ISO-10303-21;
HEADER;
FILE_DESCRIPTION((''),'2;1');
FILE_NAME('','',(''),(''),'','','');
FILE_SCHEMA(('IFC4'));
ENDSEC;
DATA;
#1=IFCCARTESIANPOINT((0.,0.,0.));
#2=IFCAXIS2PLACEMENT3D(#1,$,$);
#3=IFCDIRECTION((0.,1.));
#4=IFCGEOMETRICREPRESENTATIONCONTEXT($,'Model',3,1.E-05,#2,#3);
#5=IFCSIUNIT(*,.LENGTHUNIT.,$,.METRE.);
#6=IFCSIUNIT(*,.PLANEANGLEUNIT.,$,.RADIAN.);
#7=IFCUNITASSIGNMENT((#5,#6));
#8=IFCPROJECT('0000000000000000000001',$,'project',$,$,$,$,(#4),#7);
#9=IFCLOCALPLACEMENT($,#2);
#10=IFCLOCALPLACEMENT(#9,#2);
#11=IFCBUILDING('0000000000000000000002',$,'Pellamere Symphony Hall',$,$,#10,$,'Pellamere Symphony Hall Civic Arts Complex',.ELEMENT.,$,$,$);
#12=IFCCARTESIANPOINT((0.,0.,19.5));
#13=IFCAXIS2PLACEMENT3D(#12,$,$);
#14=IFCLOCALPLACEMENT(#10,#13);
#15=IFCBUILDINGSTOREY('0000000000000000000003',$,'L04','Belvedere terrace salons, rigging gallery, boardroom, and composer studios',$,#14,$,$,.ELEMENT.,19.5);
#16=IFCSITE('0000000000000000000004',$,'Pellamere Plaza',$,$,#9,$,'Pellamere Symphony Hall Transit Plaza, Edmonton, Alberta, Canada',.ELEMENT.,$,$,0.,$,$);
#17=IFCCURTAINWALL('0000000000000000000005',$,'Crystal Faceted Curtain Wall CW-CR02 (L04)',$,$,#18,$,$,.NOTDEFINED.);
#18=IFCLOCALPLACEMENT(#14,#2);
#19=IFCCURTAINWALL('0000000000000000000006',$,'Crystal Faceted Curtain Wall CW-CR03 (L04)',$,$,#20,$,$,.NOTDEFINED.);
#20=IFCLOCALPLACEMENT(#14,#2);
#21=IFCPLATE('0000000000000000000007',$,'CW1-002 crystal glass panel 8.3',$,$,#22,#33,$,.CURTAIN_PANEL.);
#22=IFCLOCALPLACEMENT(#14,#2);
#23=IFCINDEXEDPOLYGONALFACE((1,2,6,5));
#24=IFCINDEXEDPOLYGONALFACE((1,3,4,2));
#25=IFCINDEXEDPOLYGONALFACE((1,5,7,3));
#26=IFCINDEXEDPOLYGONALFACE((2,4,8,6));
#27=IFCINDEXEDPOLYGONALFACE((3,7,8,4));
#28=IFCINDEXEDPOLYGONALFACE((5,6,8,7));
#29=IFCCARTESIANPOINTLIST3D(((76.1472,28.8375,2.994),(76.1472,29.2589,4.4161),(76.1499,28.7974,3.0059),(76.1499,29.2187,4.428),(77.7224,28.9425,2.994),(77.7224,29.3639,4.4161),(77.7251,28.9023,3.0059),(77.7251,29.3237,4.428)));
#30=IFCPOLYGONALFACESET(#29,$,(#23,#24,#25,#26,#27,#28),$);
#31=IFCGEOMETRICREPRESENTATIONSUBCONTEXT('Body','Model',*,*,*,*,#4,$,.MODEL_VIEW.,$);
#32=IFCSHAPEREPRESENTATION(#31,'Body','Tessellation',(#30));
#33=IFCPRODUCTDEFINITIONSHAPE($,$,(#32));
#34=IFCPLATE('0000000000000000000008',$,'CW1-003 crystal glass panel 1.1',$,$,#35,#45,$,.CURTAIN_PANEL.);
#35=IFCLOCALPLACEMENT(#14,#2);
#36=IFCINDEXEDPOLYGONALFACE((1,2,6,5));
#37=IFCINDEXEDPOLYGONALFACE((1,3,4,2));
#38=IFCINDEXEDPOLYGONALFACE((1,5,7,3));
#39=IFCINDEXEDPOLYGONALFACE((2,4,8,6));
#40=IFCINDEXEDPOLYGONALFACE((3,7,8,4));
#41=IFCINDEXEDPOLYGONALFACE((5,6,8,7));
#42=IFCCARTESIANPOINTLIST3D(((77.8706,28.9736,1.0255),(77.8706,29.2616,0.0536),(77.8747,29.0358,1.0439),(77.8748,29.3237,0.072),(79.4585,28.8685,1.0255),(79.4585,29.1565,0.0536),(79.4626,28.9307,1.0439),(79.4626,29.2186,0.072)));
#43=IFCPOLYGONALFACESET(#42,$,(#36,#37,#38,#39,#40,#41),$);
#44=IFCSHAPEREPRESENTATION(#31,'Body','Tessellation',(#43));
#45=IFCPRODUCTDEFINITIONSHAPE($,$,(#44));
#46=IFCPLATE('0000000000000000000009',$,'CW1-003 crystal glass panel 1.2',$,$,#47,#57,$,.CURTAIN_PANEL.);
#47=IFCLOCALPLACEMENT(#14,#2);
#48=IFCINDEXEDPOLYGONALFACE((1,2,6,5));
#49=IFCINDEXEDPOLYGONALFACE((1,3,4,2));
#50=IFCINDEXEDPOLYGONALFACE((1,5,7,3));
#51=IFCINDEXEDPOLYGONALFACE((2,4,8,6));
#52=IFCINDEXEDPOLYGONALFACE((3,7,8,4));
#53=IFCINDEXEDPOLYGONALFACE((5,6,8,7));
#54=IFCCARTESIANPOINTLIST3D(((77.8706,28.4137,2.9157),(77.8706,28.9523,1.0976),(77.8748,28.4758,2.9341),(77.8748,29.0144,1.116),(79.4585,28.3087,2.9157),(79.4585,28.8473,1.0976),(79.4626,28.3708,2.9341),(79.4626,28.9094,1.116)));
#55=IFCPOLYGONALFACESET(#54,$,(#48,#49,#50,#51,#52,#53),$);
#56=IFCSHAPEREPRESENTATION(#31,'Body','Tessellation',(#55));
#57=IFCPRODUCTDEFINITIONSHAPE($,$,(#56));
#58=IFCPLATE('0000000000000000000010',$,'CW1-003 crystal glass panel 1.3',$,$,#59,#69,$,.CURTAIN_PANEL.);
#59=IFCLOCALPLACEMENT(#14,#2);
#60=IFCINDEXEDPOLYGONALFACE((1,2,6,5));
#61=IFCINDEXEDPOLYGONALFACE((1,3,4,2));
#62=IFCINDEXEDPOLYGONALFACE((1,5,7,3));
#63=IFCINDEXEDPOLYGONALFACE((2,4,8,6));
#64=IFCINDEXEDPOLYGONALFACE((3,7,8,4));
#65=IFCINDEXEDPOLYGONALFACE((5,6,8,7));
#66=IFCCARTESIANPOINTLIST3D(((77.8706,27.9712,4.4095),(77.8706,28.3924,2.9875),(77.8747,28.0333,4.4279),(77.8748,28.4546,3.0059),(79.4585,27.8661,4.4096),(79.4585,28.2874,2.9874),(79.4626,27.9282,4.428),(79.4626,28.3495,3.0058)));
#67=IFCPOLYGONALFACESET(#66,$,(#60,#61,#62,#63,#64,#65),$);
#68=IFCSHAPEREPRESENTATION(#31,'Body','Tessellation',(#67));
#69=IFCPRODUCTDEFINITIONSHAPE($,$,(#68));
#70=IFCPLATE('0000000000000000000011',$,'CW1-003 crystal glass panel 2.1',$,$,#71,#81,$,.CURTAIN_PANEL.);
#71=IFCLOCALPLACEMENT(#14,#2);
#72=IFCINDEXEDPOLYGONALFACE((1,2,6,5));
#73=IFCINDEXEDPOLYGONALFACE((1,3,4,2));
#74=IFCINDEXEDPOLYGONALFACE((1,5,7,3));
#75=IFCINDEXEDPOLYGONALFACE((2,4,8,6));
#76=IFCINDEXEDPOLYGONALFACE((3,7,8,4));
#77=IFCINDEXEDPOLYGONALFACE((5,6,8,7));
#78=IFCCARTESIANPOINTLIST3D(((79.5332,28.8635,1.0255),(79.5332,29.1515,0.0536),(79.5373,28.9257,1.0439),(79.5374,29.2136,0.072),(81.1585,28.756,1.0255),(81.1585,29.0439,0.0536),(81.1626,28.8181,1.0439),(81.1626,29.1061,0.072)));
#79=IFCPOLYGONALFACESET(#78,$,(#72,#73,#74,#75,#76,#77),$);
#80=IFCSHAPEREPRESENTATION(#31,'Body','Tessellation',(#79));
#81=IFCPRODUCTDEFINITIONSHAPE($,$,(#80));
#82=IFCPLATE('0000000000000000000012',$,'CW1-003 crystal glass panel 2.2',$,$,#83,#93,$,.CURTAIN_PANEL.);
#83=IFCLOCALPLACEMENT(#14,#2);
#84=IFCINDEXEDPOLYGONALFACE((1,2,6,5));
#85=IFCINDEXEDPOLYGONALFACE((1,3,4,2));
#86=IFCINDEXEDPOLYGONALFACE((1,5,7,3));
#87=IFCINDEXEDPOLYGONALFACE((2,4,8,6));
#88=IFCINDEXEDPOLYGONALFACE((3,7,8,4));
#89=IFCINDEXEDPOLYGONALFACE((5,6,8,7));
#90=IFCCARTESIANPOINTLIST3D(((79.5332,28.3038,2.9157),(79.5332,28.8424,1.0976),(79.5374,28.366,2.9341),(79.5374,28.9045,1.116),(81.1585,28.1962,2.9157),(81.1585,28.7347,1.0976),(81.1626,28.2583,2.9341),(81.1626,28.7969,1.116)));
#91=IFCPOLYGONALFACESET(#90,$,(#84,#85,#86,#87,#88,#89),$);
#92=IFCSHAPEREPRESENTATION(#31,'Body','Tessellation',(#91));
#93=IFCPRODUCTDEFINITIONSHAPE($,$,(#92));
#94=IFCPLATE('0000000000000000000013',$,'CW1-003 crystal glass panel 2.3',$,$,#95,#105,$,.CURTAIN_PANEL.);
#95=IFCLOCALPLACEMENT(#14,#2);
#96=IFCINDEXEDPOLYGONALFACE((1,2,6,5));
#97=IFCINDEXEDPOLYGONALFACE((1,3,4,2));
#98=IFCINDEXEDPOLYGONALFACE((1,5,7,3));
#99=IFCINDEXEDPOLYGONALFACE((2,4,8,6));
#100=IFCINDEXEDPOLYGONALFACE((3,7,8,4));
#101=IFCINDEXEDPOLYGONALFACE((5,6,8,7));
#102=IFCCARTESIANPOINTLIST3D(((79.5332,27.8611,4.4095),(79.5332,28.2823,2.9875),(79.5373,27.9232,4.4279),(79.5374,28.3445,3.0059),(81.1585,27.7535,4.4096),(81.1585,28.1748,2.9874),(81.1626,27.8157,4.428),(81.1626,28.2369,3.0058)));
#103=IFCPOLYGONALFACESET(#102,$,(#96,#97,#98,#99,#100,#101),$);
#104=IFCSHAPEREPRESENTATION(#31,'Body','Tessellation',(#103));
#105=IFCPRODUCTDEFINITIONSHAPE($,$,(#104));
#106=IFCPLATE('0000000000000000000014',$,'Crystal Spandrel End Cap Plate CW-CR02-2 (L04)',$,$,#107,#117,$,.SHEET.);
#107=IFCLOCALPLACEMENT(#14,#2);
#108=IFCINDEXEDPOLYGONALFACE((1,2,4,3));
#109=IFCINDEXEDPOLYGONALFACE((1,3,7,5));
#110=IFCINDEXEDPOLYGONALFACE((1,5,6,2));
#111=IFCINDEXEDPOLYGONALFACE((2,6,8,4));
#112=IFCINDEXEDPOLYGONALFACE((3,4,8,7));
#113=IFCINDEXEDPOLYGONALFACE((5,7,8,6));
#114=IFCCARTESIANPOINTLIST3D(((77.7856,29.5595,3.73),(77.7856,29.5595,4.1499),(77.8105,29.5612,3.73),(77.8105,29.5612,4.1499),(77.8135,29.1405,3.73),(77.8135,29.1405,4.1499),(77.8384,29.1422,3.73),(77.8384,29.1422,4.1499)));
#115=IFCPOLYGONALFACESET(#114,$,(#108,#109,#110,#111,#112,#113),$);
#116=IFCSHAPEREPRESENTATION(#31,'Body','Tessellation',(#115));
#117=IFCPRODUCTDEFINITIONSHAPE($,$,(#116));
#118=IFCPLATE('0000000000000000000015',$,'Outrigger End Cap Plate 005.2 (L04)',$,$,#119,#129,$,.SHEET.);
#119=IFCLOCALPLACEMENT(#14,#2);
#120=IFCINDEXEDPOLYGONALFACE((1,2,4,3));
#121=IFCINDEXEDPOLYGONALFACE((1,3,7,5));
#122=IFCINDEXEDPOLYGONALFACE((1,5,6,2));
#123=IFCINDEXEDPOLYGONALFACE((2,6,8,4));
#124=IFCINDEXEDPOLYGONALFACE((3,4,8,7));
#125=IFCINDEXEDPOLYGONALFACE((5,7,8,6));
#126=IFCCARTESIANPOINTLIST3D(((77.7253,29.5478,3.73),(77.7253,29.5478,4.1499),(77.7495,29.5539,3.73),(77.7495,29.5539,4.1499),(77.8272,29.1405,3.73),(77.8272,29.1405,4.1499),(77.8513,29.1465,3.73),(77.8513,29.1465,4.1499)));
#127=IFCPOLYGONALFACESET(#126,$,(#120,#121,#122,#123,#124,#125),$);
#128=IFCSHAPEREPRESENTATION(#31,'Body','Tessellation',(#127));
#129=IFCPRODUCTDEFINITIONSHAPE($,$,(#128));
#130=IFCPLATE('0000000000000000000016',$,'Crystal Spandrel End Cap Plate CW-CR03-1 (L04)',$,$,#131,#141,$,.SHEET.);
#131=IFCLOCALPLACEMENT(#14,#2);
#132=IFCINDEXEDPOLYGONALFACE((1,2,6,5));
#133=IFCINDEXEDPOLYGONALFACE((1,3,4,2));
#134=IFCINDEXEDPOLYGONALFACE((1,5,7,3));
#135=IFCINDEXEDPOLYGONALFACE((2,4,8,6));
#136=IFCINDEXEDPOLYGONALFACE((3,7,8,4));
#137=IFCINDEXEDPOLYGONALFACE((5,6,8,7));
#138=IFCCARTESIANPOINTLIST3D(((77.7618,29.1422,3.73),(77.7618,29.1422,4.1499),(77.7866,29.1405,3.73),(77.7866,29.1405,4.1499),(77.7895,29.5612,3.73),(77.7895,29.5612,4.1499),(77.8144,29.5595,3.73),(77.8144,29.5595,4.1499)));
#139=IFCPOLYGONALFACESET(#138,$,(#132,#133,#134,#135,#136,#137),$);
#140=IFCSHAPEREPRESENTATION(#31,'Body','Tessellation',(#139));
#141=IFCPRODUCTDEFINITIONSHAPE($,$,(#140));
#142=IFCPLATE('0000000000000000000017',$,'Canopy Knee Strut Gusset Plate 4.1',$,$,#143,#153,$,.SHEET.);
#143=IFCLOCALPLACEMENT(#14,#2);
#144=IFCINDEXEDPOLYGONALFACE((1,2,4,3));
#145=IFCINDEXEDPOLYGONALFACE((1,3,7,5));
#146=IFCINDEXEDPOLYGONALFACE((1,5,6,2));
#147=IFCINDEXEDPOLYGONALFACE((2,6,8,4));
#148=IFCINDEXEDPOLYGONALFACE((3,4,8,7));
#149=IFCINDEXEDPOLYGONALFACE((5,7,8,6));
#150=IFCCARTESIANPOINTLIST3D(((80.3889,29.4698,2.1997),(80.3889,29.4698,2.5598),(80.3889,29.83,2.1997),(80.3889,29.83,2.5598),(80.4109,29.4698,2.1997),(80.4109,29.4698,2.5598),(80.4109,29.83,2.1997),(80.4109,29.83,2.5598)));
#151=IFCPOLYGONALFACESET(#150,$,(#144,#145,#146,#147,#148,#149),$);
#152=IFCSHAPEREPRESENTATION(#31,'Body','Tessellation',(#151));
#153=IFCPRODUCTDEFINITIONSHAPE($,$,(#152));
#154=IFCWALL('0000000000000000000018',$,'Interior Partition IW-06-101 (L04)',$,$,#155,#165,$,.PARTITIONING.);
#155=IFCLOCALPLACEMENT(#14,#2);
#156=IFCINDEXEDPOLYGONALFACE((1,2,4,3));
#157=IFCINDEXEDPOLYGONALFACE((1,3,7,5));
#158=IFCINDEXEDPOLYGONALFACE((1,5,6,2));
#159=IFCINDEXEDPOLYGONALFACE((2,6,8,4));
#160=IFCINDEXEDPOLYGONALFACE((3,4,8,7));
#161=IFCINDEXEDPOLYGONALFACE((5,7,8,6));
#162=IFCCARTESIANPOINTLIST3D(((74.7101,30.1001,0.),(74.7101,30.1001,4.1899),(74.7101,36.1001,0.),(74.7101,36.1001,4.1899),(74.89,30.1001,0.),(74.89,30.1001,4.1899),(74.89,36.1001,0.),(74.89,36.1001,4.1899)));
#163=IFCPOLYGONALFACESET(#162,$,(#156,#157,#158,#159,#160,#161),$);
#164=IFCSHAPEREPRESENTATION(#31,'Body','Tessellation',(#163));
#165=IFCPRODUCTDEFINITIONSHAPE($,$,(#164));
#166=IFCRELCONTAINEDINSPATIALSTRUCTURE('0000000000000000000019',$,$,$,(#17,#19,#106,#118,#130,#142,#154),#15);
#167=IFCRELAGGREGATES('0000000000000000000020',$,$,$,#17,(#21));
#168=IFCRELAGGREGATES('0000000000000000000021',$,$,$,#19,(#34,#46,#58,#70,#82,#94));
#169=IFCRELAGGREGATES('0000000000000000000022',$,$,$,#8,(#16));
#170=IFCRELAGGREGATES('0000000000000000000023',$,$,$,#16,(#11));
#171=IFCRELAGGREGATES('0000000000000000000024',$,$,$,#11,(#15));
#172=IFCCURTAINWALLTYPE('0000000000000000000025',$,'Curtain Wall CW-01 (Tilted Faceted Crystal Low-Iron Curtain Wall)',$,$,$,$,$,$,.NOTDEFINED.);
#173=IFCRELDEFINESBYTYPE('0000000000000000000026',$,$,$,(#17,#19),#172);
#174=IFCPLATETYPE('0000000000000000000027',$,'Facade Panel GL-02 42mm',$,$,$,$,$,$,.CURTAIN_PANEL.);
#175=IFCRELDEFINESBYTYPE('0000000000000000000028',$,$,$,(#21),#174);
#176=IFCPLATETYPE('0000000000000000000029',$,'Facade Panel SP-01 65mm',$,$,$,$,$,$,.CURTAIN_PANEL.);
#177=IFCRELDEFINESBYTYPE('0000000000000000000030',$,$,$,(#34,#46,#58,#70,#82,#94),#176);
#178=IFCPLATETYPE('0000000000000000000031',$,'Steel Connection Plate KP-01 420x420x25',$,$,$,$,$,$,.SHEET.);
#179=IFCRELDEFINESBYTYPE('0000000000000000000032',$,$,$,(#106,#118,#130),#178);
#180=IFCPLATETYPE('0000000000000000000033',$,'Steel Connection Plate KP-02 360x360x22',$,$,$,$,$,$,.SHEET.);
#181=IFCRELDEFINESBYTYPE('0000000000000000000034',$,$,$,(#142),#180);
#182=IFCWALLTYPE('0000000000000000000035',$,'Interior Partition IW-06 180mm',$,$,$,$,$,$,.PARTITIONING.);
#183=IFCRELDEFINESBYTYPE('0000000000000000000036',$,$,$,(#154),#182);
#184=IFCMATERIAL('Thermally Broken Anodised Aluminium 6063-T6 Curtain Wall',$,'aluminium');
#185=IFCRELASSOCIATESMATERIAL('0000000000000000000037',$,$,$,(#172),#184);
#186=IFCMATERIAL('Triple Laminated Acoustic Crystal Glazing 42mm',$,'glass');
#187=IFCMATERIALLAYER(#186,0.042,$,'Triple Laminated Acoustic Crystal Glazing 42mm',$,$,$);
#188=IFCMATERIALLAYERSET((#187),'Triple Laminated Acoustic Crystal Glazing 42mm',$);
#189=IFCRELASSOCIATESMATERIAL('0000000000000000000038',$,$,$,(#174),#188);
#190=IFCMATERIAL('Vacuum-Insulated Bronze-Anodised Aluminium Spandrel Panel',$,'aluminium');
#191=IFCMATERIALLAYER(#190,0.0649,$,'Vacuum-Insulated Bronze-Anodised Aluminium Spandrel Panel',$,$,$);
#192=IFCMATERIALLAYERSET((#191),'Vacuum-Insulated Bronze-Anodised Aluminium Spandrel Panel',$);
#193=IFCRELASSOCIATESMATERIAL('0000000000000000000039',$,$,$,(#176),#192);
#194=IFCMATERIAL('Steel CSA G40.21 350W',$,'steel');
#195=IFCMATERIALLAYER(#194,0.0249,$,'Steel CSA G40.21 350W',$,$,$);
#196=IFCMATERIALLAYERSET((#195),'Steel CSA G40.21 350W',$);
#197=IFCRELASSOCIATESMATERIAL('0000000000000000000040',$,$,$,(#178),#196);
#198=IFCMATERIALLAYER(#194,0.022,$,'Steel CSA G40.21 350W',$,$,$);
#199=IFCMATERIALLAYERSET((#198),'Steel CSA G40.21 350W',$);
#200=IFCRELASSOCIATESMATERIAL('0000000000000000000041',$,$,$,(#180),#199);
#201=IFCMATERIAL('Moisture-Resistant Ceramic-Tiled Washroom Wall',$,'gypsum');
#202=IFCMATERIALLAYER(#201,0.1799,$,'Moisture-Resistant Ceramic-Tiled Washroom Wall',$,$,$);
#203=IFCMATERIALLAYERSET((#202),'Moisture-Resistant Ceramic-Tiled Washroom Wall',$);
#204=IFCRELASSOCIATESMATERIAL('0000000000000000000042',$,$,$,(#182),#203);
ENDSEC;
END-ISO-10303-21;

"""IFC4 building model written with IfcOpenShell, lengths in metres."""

from ifc_helpers import new_model, si_unit, direction, frame, frame_2d, origin, origin_2d, place, context, subcontext, project, spatial, polyline, rectangle, outline, extrude, material, layer, layer_set, type_object, element, aggregate, save


model = new_model("IFC4")

# Units and contexts
model_context = context("Model", 3, precision=1e-05, world=origin(), true_north=direction((0.0, 1.0)))
body_context = subcontext(model_context, "Body", "Model", "MODEL_VIEW")
ifc_project = project(units=[si_unit("LENGTHUNIT", "METRE"), si_unit("PLANEANGLEUNIT", "RADIAN")], contexts=[model_context])

# Site, building, storey
site_placement = place(None, origin())
site = spatial("IfcSite", under=ifc_project, at=site_placement, Name="Pellamere Plaza", LongName="Pellamere Symphony Hall Transit Plaza, Edmonton, Alberta, Canada", CompositionType="ELEMENT", RefElevation=0.0)
building_placement = place(site_placement, origin())
building = spatial("IfcBuilding", under=site, at=building_placement, Name="Pellamere Symphony Hall", LongName="Pellamere Symphony Hall Civic Arts Complex", CompositionType="ELEMENT")
storey_placement = place(building_placement, frame((0.0, 0.0, 19.5)))
storey = spatial("IfcBuildingStorey", under=building, at=storey_placement, Name="L04", Description="Belvedere terrace salons, rigging gallery, boardroom, and composer studios", CompositionType="ELEMENT", Elevation=19.5)

# Curtain wall
ifc_material_1 = material(Name="Thermally Broken Anodised Aluminium 6063-T6 Curtain Wall", Category="aluminium")
curtain_wall_type = type_object("IfcCurtainWallType", Name="Curtain Wall CW-01 (Tilted Faceted Crystal Low-Iron Curtain Wall)", PredefinedType="NOTDEFINED", material=ifc_material_1)
curtain_wall_1_placement = place(storey_placement, origin())
curtain_wall_1 = element("IfcCurtainWall", 1, at=curtain_wall_1_placement, inside=storey, type_object=curtain_wall_type, Name="Crystal Faceted Curtain Wall CW-CR02 (L04)", PredefinedType="NOTDEFINED")

# Curtain wall
curtain_wall_2_placement = place(storey_placement, origin())
curtain_wall_2 = element("IfcCurtainWall", 2, at=curtain_wall_2_placement, inside=storey, type_object=curtain_wall_type, Name="Crystal Faceted Curtain Wall CW-CR03 (L04)", PredefinedType="NOTDEFINED")

# Shared definitions
ifc_material_2 = material(Name="Steel CSA G40.21 350W", Category="steel")

# Plates
ifc_material_3 = material(Name="Triple Laminated Acoustic Crystal Glazing 42mm", Category="glass")
ifc_layer_1 = layer(ifc_material_3, 0.042, Name="Triple Laminated Acoustic Crystal Glazing 42mm")
ifc_layer_set_1 = layer_set([ifc_layer_1], Name="Triple Laminated Acoustic Crystal Glazing 42mm")
plate_type_1 = type_object("IfcPlateType", Name="Facade Panel GL-02 42mm", PredefinedType="CURTAIN_PANEL", material=ifc_layer_set_1)
plate_1_placement = place(storey_placement, frame((76.1499, 28.7974, 3.0059), z_axis=(0.06377, -0.956843, 0.283521), x_axis=(0.997787, 0.066498, 0.0)))
plate_1 = element("IfcPlate", 3, at=plate_1_placement, type_object=plate_type_1, Name="CW1-002 crystal glass panel 8.3", PredefinedType="CURTAIN_PANEL", context=body_context, shape_type="SweptSolid", body=[
    extrude(outline(polyline([(0.0, 0.0), (1.5787, 0.0), (1.6067, 1.483), (0.028, 1.483), (0.0, 0.0)])), origin(), (0.0, 0.0, -1.0), 0.042),
])
aggregate(curtain_wall_1, [plate_1])
ifc_material_4 = material(Name="Vacuum-Insulated Bronze-Anodised Aluminium Spandrel Panel", Category="aluminium")
ifc_layer_2 = layer(ifc_material_4, 0.0649, Name="Vacuum-Insulated Bronze-Anodised Aluminium Spandrel Panel")
ifc_layer_set_2 = layer_set([ifc_layer_2], Name="Vacuum-Insulated Bronze-Anodised Aluminium Spandrel Panel")
plate_type_2 = type_object("IfcPlateType", Name="Facade Panel SP-01 65mm", PredefinedType="CURTAIN_PANEL", material=ifc_layer_set_2)
plate_2_placement = place(storey_placement, frame((77.8748, 29.3237, 0.072), z_axis=(0.063336, 0.956877, 0.283506), x_axis=(0.997817, -0.066039, -0.000021)))
plate_2 = element("IfcPlate", 4, at=plate_2_placement, type_object=plate_type_2, Name="CW1-003 crystal glass panel 1.1", PredefinedType="CURTAIN_PANEL", context=body_context, shape_type="SweptSolid", body=[
    extrude(outline(polyline([(0.0, 0.0), (1.5914, 0.0), (1.6104, -1.0135), (0.019, -1.0135), (0.0, 0.0)])), origin(), (0.0, 0.0, -1.0), 0.0649),
])
plate_3_placement = place(storey_placement, frame((77.8748, 29.0144, 1.116), z_axis=(0.063263, 0.956896, 0.283458), x_axis=(0.997822, -0.065969, 0.0)))
plate_3 = element("IfcPlate", 5, at=plate_3_placement, type_object=plate_type_2, Name="CW1-003 crystal glass panel 1.2", PredefinedType="CURTAIN_PANEL", context=body_context, shape_type="SweptSolid", body=[
    extrude(outline(polyline([(0.0, 0.0), (1.5914, 0.0), (1.6269, -1.8959), (0.0355, -1.8959), (0.0, 0.0)])), origin(), (0.0, 0.0, -1.0), 0.0649),
])
plate_4_placement = place(storey_placement, frame((77.8748, 28.4546, 3.0059), z_axis=(0.063337, 0.956892, 0.283454), x_axis=(0.997817, -0.066039, -0.000021)))
plate_4 = element("IfcPlate", 6, at=plate_4_placement, type_object=plate_type_2, Name="CW1-003 crystal glass panel 1.3", PredefinedType="CURTAIN_PANEL", context=body_context, shape_type="SweptSolid", body=[
    extrude(outline(polyline([(0.0, 0.0), (1.5914, 0.0), (1.6192, -1.483), (0.0278, -1.4829), (0.0, 0.0)])), origin(), (0.0, 0.0, -1.0), 0.0649),
])
plate_5_placement = place(storey_placement, frame((79.5374, 29.2136, 0.072), z_axis=(0.063318, 0.956878, 0.283506), x_axis=(0.997818, -0.066021, -0.00002)))
plate_5 = element("IfcPlate", 7, at=plate_5_placement, type_object=plate_type_2, Name="CW1-003 crystal glass panel 2.1", PredefinedType="CURTAIN_PANEL", context=body_context, shape_type="SweptSolid", body=[
    extrude(outline(polyline([(0.0, 0.0), (1.6288, 0.0), (1.6478, -1.0135), (0.019, -1.0135), (0.0, 0.0)])), origin(), (0.0, 0.0, -1.0), 0.0649),
])
plate_6_placement = place(storey_placement, frame((79.5374, 28.9045, 1.116), z_axis=(0.06339, 0.956888, 0.283456), x_axis=(0.997813, -0.066101, 0.0)))
plate_6 = element("IfcPlate", 8, at=plate_6_placement, type_object=plate_type_2, Name="CW1-003 crystal glass panel 2.2", PredefinedType="CURTAIN_PANEL", context=body_context, shape_type="SweptSolid", body=[
    extrude(outline(polyline([(0.0, 0.0), (1.6288, 0.0), (1.6644, -1.8959), (0.0356, -1.8959), (0.0, 0.0)])), origin(), (0.0, 0.0, -1.0), 0.0649),
])
plate_7_placement = place(storey_placement, frame((79.5374, 28.3445, 3.0059), z_axis=(0.063319, 0.956893, 0.283454), x_axis=(0.997818, -0.066021, -0.00002)))
plate_7 = element("IfcPlate", 9, at=plate_7_placement, type_object=plate_type_2, Name="CW1-003 crystal glass panel 2.3", PredefinedType="CURTAIN_PANEL", context=body_context, shape_type="SweptSolid", body=[
    extrude(outline(polyline([(0.0, 0.0), (1.6288, 0.0), (1.6566, -1.483), (0.0278, -1.4829), (0.0, 0.0)])), origin(), (0.0, 0.0, -1.0), 0.0649),
])
aggregate(curtain_wall_2, [plate_2, plate_3, plate_4, plate_5, plate_6, plate_7])

# Plates
ifc_layer_3 = layer(ifc_material_2, 0.0249, Name="Steel CSA G40.21 350W")
ifc_layer_set_3 = layer_set([ifc_layer_3], Name="Steel CSA G40.21 350W")
plate_type_3 = type_object("IfcPlateType", Name="Steel Connection Plate KP-01 420x420x25", PredefinedType="SHEET", material=ifc_layer_set_3)
for number, where, z_axis, x_axis, name in (
    (10, (77.812, 29.3508, 3.73), (0.0, 0.0, 1.0), (0.99779, 0.066448, 0.0), "Crystal Spandrel End Cap Plate CW-CR02-2 (L04)"),
    (11, (77.7883, 29.3472, 3.73), (0.0, 0.0, 1.0), (-0.970127, -0.242599, 0.0), "Outrigger End Cap Plate 005.2 (L04)"),
    (12, (77.7881, 29.3508, 3.73), (0.0, 0.0, 1.0), (0.997813, -0.0661, 0.0), "Crystal Spandrel End Cap Plate CW-CR03-1 (L04)"),
):
    element("IfcPlate", number, at=place(storey_placement, frame(where, z_axis=z_axis, x_axis=x_axis)), inside=storey, type_object=plate_type_3, Name=name, PredefinedType="SHEET", context=body_context, shape_type="SweptSolid", body=[
        extrude(rectangle(XDim=0.0249, YDim=0.4199, at=origin_2d()), origin(), (0.0, 0.0, 1.0), 0.4199),
    ])
ifc_layer_4 = layer(ifc_material_2, 0.022, Name="Steel CSA G40.21 350W")
ifc_layer_set_4 = layer_set([ifc_layer_4], Name="Steel CSA G40.21 350W")
plate_type_4 = type_object("IfcPlateType", Name="Steel Connection Plate KP-02 360x360x22", PredefinedType="SHEET", material=ifc_layer_set_4)
plate_8_placement = place(storey_placement, frame((80.3999, 29.6499, 2.1997), z_axis=(0.0, 0.0, 1.0), x_axis=(1.0, 0.0, 0.0)))
element("IfcPlate", 13, at=plate_8_placement, inside=storey, type_object=plate_type_4, Name="Canopy Knee Strut Gusset Plate 4.1", PredefinedType="SHEET", context=body_context, shape_type="SweptSolid", body=[
    extrude(rectangle(XDim=0.022, YDim=0.3601, at=origin_2d()), origin(), (0.0, 0.0, 1.0), 0.3601),
])

# Wall
ifc_material_5 = material(Name="Moisture-Resistant Ceramic-Tiled Washroom Wall", Category="gypsum")
ifc_layer_5 = layer(ifc_material_5, 0.1799, Name="Moisture-Resistant Ceramic-Tiled Washroom Wall")
ifc_layer_set_5 = layer_set([ifc_layer_5], Name="Moisture-Resistant Ceramic-Tiled Washroom Wall")
wall_type = type_object("IfcWallType", Name="Interior Partition IW-06 180mm", PredefinedType="PARTITIONING", material=ifc_layer_set_5)
wall_placement = place(storey_placement, frame((74.8, 30.1001, 0.0), z_axis=(0.0, 0.0, 1.0), x_axis=(0.0, 1.0, 0.0)))
element("IfcWall", 14, at=wall_placement, inside=storey, type_object=wall_type, Name="Interior Partition IW-06-101 (L04)", PredefinedType="PARTITIONING", context=body_context, shape_type="SweptSolid", body=[
    extrude(rectangle(XDim=6.0, YDim=0.1799, at=frame_2d((3.0, 0.0))), origin(), (0.0, 0.0, 1.0), 4.1899),
])

save(model, "model.ifc")
